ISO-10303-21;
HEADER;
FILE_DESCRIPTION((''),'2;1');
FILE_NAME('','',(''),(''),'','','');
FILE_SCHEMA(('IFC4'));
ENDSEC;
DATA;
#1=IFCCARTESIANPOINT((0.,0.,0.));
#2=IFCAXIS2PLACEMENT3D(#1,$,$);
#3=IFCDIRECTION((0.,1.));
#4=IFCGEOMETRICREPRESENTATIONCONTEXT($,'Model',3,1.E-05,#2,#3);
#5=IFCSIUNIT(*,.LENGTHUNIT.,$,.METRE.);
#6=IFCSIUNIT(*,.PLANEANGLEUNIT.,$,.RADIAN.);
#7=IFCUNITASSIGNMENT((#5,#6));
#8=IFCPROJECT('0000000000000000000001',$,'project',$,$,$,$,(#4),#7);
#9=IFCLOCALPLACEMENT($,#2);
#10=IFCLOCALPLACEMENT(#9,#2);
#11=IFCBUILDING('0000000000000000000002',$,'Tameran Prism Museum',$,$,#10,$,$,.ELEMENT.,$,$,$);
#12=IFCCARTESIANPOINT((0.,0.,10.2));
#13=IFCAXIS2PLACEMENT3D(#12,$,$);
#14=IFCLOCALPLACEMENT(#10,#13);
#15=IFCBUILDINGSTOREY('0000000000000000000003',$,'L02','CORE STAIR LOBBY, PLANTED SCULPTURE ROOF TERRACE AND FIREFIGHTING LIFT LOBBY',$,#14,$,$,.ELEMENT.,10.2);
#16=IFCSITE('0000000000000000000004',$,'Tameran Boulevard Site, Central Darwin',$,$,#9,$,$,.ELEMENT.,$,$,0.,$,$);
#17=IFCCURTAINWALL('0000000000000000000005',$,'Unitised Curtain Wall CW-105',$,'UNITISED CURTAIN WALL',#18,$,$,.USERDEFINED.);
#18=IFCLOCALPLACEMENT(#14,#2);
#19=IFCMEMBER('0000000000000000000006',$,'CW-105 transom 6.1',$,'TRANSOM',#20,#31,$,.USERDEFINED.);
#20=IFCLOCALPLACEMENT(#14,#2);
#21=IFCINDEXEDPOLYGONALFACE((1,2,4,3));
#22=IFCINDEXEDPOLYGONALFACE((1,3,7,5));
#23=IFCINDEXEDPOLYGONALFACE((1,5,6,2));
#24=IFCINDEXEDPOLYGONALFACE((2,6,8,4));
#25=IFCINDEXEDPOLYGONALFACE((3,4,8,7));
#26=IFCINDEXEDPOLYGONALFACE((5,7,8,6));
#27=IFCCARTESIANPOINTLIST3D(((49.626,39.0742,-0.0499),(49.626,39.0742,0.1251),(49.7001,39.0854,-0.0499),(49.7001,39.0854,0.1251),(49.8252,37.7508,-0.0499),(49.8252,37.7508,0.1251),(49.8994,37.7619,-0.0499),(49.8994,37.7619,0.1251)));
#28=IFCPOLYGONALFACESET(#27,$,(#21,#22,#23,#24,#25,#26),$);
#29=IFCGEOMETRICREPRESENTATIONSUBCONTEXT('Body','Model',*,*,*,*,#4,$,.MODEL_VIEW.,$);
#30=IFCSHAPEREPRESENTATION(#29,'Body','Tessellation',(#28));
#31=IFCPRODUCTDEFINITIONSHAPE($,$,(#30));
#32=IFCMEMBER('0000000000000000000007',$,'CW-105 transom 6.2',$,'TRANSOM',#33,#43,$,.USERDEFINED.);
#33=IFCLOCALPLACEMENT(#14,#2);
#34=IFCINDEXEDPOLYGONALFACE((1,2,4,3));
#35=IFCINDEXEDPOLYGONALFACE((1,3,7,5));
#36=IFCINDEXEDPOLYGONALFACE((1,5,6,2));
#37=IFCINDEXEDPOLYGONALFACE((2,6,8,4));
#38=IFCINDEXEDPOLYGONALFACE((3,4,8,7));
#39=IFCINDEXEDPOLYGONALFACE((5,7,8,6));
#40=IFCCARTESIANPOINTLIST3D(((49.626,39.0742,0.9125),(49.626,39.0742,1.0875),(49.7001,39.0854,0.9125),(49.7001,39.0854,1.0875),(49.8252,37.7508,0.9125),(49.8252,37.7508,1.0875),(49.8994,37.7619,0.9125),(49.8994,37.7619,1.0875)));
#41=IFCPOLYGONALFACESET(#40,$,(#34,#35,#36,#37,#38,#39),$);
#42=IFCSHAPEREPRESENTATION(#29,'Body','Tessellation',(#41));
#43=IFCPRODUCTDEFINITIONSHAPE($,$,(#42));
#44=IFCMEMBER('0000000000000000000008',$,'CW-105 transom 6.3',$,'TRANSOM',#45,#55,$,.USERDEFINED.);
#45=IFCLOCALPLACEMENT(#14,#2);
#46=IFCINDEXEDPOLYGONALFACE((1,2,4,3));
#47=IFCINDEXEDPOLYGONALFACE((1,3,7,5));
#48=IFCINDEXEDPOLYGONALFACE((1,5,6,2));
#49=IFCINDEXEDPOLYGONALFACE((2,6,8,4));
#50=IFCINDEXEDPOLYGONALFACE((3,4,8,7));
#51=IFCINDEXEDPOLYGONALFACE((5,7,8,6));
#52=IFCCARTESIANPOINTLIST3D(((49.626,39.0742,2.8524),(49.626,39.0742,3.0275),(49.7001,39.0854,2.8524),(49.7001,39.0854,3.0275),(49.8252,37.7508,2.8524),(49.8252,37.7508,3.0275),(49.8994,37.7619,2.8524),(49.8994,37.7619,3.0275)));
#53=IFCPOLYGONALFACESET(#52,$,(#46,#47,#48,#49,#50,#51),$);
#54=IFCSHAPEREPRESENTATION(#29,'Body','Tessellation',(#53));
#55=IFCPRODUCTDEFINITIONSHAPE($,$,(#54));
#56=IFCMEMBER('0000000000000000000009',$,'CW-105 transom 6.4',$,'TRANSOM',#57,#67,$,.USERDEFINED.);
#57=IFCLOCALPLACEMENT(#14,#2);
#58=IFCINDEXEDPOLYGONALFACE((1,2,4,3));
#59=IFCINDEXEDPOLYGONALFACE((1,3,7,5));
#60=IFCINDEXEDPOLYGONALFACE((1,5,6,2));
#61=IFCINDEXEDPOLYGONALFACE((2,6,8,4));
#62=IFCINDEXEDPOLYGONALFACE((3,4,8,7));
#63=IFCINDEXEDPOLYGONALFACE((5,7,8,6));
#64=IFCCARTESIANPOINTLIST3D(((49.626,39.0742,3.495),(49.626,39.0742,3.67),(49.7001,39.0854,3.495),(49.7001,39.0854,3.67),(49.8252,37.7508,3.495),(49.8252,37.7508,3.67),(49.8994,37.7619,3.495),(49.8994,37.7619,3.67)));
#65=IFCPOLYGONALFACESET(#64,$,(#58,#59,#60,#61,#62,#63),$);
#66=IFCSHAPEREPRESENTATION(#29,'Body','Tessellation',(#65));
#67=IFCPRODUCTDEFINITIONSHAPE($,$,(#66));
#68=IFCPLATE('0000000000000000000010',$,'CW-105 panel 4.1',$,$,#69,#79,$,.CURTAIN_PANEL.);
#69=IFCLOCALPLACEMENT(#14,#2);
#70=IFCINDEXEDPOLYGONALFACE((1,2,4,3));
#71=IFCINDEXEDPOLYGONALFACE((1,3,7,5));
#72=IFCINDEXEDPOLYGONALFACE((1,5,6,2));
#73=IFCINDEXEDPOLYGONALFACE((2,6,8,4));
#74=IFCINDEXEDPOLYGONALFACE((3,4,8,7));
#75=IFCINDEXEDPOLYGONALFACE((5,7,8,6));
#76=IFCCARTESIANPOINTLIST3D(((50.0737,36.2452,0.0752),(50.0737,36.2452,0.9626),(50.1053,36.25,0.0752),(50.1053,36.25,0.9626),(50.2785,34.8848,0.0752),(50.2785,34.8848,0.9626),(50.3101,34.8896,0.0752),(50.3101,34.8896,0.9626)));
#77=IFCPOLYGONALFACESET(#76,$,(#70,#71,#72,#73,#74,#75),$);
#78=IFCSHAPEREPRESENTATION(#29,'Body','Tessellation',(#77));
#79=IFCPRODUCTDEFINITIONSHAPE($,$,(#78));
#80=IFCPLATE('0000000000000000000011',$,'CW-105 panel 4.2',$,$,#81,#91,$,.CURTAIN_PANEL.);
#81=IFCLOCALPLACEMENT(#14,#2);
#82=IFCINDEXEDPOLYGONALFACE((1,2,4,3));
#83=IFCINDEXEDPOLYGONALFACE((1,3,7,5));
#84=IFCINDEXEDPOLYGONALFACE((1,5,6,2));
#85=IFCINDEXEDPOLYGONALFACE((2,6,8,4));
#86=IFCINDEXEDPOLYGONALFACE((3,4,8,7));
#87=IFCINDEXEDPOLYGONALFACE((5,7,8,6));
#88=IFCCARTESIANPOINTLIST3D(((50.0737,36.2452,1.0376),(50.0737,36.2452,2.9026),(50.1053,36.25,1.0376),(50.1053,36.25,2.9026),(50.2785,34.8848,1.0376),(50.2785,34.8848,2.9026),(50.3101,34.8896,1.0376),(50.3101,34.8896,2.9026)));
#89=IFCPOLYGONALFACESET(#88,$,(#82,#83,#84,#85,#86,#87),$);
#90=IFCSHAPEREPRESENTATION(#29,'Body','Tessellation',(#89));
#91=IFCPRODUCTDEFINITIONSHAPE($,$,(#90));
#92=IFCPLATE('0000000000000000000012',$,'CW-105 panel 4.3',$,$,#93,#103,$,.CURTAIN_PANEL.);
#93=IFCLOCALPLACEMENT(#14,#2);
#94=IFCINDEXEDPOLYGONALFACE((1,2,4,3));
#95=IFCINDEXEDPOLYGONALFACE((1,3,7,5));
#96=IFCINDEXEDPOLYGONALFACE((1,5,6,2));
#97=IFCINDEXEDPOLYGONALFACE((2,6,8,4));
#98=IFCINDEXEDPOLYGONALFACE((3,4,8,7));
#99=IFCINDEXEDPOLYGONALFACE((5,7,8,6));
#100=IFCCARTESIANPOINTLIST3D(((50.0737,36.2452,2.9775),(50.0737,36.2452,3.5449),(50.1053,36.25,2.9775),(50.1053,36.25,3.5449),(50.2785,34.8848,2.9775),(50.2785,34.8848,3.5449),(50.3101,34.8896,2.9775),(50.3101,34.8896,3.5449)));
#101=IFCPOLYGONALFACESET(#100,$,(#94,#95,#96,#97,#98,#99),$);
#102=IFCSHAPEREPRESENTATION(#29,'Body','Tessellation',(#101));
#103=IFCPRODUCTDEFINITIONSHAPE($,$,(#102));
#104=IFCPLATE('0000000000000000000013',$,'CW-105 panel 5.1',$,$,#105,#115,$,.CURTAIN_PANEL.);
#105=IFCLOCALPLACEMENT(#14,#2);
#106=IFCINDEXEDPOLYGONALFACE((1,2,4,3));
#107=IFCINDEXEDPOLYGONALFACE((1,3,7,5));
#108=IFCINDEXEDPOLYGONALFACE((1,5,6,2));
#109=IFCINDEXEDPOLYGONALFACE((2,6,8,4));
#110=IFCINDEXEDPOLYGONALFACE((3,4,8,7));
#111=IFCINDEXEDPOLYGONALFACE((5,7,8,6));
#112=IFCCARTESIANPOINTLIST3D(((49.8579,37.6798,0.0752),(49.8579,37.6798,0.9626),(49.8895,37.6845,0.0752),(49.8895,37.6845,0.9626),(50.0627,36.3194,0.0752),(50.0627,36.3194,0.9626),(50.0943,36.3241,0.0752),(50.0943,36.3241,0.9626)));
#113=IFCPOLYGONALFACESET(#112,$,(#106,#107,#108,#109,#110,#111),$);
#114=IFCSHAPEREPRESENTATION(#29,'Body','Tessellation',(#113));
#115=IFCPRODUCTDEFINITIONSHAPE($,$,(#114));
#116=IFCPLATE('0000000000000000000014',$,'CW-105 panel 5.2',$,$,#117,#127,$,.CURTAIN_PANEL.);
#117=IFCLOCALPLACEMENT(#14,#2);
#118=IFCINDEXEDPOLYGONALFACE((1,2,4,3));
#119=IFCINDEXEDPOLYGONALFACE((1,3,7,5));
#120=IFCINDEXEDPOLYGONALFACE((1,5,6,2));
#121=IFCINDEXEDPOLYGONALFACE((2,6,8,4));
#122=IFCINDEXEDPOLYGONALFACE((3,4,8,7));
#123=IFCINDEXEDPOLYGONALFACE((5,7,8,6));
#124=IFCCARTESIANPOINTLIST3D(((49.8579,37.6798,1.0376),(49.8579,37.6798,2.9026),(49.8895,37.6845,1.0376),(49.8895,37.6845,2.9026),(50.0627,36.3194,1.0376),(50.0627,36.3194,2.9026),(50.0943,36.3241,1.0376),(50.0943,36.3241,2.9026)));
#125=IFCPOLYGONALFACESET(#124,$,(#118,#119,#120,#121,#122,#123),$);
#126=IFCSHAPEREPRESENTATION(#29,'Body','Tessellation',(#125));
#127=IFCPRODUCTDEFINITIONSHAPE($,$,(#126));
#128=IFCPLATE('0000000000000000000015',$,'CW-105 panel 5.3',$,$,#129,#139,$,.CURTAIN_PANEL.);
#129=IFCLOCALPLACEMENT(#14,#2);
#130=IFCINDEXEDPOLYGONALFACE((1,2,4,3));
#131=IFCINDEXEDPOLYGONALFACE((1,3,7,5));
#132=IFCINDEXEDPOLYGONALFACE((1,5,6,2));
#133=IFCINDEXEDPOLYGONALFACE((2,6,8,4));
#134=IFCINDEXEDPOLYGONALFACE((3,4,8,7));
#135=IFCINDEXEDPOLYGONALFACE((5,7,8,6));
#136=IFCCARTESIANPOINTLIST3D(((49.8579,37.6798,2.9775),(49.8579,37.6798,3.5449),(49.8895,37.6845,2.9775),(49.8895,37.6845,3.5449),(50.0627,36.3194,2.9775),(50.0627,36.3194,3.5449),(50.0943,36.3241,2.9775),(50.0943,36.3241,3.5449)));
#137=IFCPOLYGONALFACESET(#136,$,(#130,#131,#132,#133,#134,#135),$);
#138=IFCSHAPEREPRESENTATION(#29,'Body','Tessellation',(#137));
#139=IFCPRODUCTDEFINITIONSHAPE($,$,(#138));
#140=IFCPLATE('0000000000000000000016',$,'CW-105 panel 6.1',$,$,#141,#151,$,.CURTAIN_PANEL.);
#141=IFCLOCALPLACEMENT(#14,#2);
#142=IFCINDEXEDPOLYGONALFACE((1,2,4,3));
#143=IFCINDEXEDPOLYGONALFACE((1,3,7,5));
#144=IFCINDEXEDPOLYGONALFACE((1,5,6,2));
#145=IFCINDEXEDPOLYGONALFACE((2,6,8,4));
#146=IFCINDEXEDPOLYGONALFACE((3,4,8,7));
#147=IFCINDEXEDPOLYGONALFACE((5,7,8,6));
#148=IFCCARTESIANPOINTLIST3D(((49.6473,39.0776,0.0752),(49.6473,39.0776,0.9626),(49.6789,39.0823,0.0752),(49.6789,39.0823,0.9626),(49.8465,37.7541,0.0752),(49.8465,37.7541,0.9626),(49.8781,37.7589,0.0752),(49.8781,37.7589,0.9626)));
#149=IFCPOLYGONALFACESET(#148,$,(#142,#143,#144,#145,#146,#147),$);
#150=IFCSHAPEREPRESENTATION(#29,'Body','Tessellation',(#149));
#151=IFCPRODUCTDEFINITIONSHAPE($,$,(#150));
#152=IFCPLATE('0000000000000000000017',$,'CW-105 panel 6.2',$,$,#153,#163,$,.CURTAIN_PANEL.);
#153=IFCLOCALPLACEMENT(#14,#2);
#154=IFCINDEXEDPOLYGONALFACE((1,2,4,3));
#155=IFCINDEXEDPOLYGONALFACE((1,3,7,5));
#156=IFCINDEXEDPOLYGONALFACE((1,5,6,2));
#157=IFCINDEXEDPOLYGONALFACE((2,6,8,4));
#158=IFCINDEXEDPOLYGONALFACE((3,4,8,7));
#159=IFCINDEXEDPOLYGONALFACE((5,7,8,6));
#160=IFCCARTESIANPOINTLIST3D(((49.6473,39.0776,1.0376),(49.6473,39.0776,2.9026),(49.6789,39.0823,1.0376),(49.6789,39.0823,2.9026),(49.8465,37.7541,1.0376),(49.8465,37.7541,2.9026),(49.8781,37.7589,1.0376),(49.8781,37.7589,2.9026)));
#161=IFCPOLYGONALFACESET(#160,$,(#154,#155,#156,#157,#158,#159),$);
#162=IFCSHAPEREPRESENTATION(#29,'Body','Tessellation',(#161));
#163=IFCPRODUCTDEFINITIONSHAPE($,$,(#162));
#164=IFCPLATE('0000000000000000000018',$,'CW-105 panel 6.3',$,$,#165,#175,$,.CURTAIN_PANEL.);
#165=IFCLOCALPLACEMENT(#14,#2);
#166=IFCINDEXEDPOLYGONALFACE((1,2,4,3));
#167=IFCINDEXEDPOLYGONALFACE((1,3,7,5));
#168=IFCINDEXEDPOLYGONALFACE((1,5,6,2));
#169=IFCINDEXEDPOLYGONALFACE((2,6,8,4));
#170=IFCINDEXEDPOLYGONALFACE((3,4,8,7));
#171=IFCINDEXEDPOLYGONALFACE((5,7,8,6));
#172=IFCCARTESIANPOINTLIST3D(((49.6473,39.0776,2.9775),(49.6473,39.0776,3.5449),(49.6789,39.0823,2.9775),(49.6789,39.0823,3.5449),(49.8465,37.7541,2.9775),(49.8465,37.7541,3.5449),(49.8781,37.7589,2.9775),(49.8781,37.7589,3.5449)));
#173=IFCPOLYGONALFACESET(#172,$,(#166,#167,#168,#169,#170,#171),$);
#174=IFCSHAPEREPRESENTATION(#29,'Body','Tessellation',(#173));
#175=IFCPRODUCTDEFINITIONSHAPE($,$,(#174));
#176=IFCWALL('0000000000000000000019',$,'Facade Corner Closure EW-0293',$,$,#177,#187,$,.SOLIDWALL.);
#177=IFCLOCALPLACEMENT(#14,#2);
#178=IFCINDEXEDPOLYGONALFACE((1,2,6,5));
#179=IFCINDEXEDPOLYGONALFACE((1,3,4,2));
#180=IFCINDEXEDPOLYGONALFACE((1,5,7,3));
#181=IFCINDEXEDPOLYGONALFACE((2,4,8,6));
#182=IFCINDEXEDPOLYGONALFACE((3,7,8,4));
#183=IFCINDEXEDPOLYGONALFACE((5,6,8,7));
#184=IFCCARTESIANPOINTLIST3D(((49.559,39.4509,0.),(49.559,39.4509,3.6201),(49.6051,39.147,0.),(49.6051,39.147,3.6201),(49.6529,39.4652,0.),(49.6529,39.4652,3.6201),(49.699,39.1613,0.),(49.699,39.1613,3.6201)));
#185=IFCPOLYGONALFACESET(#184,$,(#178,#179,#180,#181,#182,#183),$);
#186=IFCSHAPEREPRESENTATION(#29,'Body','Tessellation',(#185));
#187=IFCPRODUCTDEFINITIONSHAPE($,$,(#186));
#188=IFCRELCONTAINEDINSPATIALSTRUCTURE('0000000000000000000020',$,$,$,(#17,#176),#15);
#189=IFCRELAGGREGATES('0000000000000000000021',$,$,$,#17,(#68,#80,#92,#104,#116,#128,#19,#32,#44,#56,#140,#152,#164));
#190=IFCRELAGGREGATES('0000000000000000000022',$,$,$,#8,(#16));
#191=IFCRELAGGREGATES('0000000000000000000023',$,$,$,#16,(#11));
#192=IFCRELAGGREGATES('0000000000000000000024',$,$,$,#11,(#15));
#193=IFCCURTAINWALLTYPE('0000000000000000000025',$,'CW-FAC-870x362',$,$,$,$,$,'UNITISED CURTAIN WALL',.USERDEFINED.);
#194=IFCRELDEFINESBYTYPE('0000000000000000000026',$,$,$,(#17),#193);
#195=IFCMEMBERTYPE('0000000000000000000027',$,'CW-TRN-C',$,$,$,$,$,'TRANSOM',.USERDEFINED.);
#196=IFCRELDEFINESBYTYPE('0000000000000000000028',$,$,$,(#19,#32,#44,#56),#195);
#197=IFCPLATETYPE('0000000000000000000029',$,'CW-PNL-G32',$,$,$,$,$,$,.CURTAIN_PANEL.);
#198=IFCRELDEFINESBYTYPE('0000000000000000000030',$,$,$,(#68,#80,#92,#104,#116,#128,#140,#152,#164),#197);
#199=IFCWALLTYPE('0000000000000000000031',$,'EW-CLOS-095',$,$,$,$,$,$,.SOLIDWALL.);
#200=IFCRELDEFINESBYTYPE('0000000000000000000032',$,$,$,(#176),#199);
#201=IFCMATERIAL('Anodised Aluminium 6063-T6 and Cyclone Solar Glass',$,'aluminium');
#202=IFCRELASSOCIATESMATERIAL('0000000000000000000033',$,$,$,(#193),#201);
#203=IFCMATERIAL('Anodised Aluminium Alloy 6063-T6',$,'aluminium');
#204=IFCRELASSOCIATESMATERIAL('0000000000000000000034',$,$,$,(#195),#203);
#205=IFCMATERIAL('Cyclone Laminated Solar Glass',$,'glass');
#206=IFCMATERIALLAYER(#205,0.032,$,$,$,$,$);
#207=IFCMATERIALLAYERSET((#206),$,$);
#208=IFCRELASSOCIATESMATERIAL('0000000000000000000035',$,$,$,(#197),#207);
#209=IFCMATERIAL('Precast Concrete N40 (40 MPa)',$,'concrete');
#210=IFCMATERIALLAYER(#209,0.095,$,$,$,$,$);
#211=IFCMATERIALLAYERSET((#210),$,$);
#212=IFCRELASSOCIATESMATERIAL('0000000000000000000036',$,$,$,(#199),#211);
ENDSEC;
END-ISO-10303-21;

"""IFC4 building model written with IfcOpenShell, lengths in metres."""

from ifc_helpers import new_model, si_unit, direction, frame, frame_2d, origin, origin_2d, place, context, subcontext, project, spatial, rectangle, extrude, material, layer, layer_set, material_profile, profile_set, type_object, element, aggregate, save


model = new_model("IFC4")

# Units and contexts
model_context = context("Model", 3, precision=1e-05, world=origin(), true_north=direction((0.0, 1.0)))
body_context = subcontext(model_context, "Body", "Model", "MODEL_VIEW")
ifc_project = project(units=[si_unit("LENGTHUNIT", "METRE"), si_unit("PLANEANGLEUNIT", "RADIAN")], contexts=[model_context])

# Site, building, storey
site_placement = place(None, origin())
site = spatial("IfcSite", under=ifc_project, at=site_placement, Name="Tameran Boulevard Site, Central Darwin", CompositionType="ELEMENT", RefElevation=0.0)
building_placement = place(site_placement, origin())
building = spatial("IfcBuilding", under=site, at=building_placement, Name="Tameran Prism Museum", CompositionType="ELEMENT")
storey_placement = place(building_placement, frame((0.0, 0.0, 10.2)))
storey = spatial("IfcBuildingStorey", under=building, at=storey_placement, Name="L02", Description="CORE STAIR LOBBY, PLANTED SCULPTURE ROOF TERRACE AND FIREFIGHTING LIFT LOBBY", CompositionType="ELEMENT", Elevation=10.2)

# Curtain wall, members, plates
ifc_material_1 = material(Name="Anodised Aluminium 6063-T6 and Cyclone Solar Glass", Category="aluminium")
curtain_wall_type = type_object("IfcCurtainWallType", Name="CW-FAC-870x362", ElementType="UNITISED CURTAIN WALL", PredefinedType="USERDEFINED", material=ifc_material_1)
curtain_wall_placement = place(storey_placement, origin())
curtain_wall = element("IfcCurtainWall", 1, at=curtain_wall_placement, inside=storey, type_object=curtain_wall_type, Name="Unitised Curtain Wall CW-105", ObjectType="UNITISED CURTAIN WALL", PredefinedType="USERDEFINED")
ifc_material_2 = material(Name="Anodised Aluminium Alloy 6063-T6", Category="aluminium")
ifc_material_profile_1 = material_profile(ifc_material_2, rectangle(XDim=0.075, YDim=0.175, at=origin_2d()))
ifc_profile_set_1 = profile_set([ifc_material_profile_1])
member_type_1 = type_object("IfcMemberType", Name="CW-TRN-C", ElementType="TRANSOM", PredefinedType="USERDEFINED", material=ifc_profile_set_1)
member_1_placement = place(storey_placement, frame((49.8623, 37.7563, 0.0376), z_axis=(-0.148849, 0.98886, 0.0), x_axis=(-0.98886, -0.148849, 0.0)))
member_1 = element("IfcMember", 2, at=member_1_placement, type_object=member_type_1, Name="CW-105 transom 6.1", ObjectType="TRANSOM", PredefinedType="USERDEFINED", context=body_context, shape_type="SweptSolid", body=[
    extrude(rectangle(XDim=0.075, YDim=0.175, at=origin_2d()), origin(), (0.0, 0.0, 1.0), 1.3384),
])
member_2_placement = place(storey_placement, frame((49.8623, 37.7563, 1.0), z_axis=(-0.148849, 0.98886, 0.0), x_axis=(-0.98886, -0.148849, 0.0)))
member_2 = element("IfcMember", 3, at=member_2_placement, type_object=member_type_1, Name="CW-105 transom 6.2", ObjectType="TRANSOM", PredefinedType="USERDEFINED", context=body_context, shape_type="SweptSolid", body=[
    extrude(rectangle(XDim=0.075, YDim=0.175, at=origin_2d()), origin(), (0.0, 0.0, 1.0), 1.3384),
])
member_3_placement = place(storey_placement, frame((49.8623, 37.7563, 2.9399), z_axis=(-0.148849, 0.98886, 0.0), x_axis=(-0.98886, -0.148849, 0.0)))
member_3 = element("IfcMember", 4, at=member_3_placement, type_object=member_type_1, Name="CW-105 transom 6.3", ObjectType="TRANSOM", PredefinedType="USERDEFINED", context=body_context, shape_type="SweptSolid", body=[
    extrude(rectangle(XDim=0.075, YDim=0.175, at=origin_2d()), origin(), (0.0, 0.0, 1.0), 1.3384),
])
member_4_placement = place(storey_placement, frame((49.8623, 37.7563, 3.5825), z_axis=(-0.148849, 0.98886, 0.0), x_axis=(-0.98886, -0.148849, 0.0)))
member_4 = element("IfcMember", 5, at=member_4_placement, type_object=member_type_1, Name="CW-105 transom 6.4", ObjectType="TRANSOM", PredefinedType="USERDEFINED", context=body_context, shape_type="SweptSolid", body=[
    extrude(rectangle(XDim=0.075, YDim=0.175, at=origin_2d()), origin(), (0.0, 0.0, 1.0), 1.3384),
])
ifc_material_3 = material(Name="Cyclone Laminated Solar Glass", Category="glass")
ifc_layer_1 = layer(ifc_material_3, 0.032)
ifc_layer_set_1 = layer_set([ifc_layer_1])
plate_type = type_object("IfcPlateType", Name="CW-PNL-G32", PredefinedType="CURTAIN_PANEL", material=ifc_layer_set_1)
plate_1_placement = place(storey_placement, frame((50.1919, 35.5674, 0.0752), z_axis=(0.0, 0.0, 1.0), x_axis=(-0.14888, 0.988855, 0.0)))
plate_1 = element("IfcPlate", 6, at=plate_1_placement, type_object=plate_type, Name="CW-105 panel 4.1", PredefinedType="CURTAIN_PANEL", context=body_context, shape_type="SweptSolid", body=[
    extrude(rectangle(XDim=1.3757, YDim=0.032, at=origin_2d()), origin(), (0.0, 0.0, 1.0), 0.8875),
])
plate_2_placement = place(storey_placement, frame((50.1919, 35.5674, 1.0376), z_axis=(0.0, 0.0, 1.0), x_axis=(-0.14888, 0.988855, 0.0)))
plate_2 = element("IfcPlate", 7, at=plate_2_placement, type_object=plate_type, Name="CW-105 panel 4.2", PredefinedType="CURTAIN_PANEL", context=body_context, shape_type="SweptSolid", body=[
    extrude(rectangle(XDim=1.3757, YDim=0.032, at=origin_2d()), origin(), (0.0, 0.0, 1.0), 1.865),
])
plate_3_placement = place(storey_placement, frame((50.1919, 35.5674, 2.9775), z_axis=(0.0, 0.0, 1.0), x_axis=(-0.14888, 0.988855, 0.0)))
plate_3 = element("IfcPlate", 8, at=plate_3_placement, type_object=plate_type, Name="CW-105 panel 4.3", PredefinedType="CURTAIN_PANEL", context=body_context, shape_type="SweptSolid", body=[
    extrude(rectangle(XDim=1.3757, YDim=0.032, at=origin_2d()), origin(), (0.0, 0.0, 1.0), 0.5674),
])
plate_4_placement = place(storey_placement, frame((49.9761, 37.002, 0.0752), z_axis=(0.0, 0.0, 1.0), x_axis=(-0.14888, 0.988855, 0.0)))
plate_4 = element("IfcPlate", 9, at=plate_4_placement, type_object=plate_type, Name="CW-105 panel 5.1", PredefinedType="CURTAIN_PANEL", context=body_context, shape_type="SweptSolid", body=[
    extrude(rectangle(XDim=1.3757, YDim=0.032, at=origin_2d()), origin(), (0.0, 0.0, 1.0), 0.8875),
])
plate_5_placement = place(storey_placement, frame((49.9761, 37.002, 1.0376), z_axis=(0.0, 0.0, 1.0), x_axis=(-0.14888, 0.988855, 0.0)))
plate_5 = element("IfcPlate", 10, at=plate_5_placement, type_object=plate_type, Name="CW-105 panel 5.2", PredefinedType="CURTAIN_PANEL", context=body_context, shape_type="SweptSolid", body=[
    extrude(rectangle(XDim=1.3757, YDim=0.032, at=origin_2d()), origin(), (0.0, 0.0, 1.0), 1.865),
])
plate_6_placement = place(storey_placement, frame((49.9761, 37.002, 2.9775), z_axis=(0.0, 0.0, 1.0), x_axis=(-0.14888, 0.988855, 0.0)))
plate_6 = element("IfcPlate", 11, at=plate_6_placement, type_object=plate_type, Name="CW-105 panel 5.3", PredefinedType="CURTAIN_PANEL", context=body_context, shape_type="SweptSolid", body=[
    extrude(rectangle(XDim=1.3757, YDim=0.032, at=origin_2d()), origin(), (0.0, 0.0, 1.0), 0.5674),
])
plate_7_placement = place(storey_placement, frame((49.7627, 38.4182, 0.0752), z_axis=(0.0, 0.0, 1.0), x_axis=(-0.14888, 0.988855, 0.0)))
plate_7 = element("IfcPlate", 12, at=plate_7_placement, type_object=plate_type, Name="CW-105 panel 6.1", PredefinedType="CURTAIN_PANEL", context=body_context, shape_type="SweptSolid", body=[
    extrude(rectangle(XDim=1.3384, YDim=0.032, at=origin_2d()), origin(), (0.0, 0.0, 1.0), 0.8875),
])
plate_8_placement = place(storey_placement, frame((49.7627, 38.4182, 1.0376), z_axis=(0.0, 0.0, 1.0), x_axis=(-0.14888, 0.988855, 0.0)))
plate_8 = element("IfcPlate", 13, at=plate_8_placement, type_object=plate_type, Name="CW-105 panel 6.2", PredefinedType="CURTAIN_PANEL", context=body_context, shape_type="SweptSolid", body=[
    extrude(rectangle(XDim=1.3384, YDim=0.032, at=origin_2d()), origin(), (0.0, 0.0, 1.0), 1.865),
])
plate_9_placement = place(storey_placement, frame((49.7627, 38.4182, 2.9775), z_axis=(0.0, 0.0, 1.0), x_axis=(-0.14888, 0.988855, 0.0)))
plate_9 = element("IfcPlate", 14, at=plate_9_placement, type_object=plate_type, Name="CW-105 panel 6.3", PredefinedType="CURTAIN_PANEL", context=body_context, shape_type="SweptSolid", body=[
    extrude(rectangle(XDim=1.3384, YDim=0.032, at=origin_2d()), origin(), (0.0, 0.0, 1.0), 0.5674),
])
aggregate(curtain_wall, [plate_1, plate_2, plate_3, plate_4, plate_5, plate_6, member_1, member_2, member_3, member_4, plate_7, plate_8, plate_9])

# Wall
ifc_material_4 = material(Name="Precast Concrete N40 (40 MPa)", Category="concrete")
ifc_layer_2 = layer(ifc_material_4, 0.095)
ifc_layer_set_2 = layer_set([ifc_layer_2])
wall_type = type_object("IfcWallType", Name="EW-CLOS-095", PredefinedType="SOLIDWALL", material=ifc_layer_set_2)
wall_placement = place(storey_placement, frame((49.6521, 39.1541, 0.0), z_axis=(0.0, 0.0, 1.0), x_axis=(-0.150088, 0.988673, 0.0)))
element("IfcWall", 15, at=wall_placement, inside=storey, type_object=wall_type, Name="Facade Corner Closure EW-0293", PredefinedType="SOLIDWALL", context=body_context, shape_type="SweptSolid", body=[
    extrude(rectangle(XDim=0.3074, YDim=0.095, at=frame_2d((0.1538, 0.0))), origin(), (0.0, 0.0, 1.0), 3.6201),
])

save(model, "model.ifc")
